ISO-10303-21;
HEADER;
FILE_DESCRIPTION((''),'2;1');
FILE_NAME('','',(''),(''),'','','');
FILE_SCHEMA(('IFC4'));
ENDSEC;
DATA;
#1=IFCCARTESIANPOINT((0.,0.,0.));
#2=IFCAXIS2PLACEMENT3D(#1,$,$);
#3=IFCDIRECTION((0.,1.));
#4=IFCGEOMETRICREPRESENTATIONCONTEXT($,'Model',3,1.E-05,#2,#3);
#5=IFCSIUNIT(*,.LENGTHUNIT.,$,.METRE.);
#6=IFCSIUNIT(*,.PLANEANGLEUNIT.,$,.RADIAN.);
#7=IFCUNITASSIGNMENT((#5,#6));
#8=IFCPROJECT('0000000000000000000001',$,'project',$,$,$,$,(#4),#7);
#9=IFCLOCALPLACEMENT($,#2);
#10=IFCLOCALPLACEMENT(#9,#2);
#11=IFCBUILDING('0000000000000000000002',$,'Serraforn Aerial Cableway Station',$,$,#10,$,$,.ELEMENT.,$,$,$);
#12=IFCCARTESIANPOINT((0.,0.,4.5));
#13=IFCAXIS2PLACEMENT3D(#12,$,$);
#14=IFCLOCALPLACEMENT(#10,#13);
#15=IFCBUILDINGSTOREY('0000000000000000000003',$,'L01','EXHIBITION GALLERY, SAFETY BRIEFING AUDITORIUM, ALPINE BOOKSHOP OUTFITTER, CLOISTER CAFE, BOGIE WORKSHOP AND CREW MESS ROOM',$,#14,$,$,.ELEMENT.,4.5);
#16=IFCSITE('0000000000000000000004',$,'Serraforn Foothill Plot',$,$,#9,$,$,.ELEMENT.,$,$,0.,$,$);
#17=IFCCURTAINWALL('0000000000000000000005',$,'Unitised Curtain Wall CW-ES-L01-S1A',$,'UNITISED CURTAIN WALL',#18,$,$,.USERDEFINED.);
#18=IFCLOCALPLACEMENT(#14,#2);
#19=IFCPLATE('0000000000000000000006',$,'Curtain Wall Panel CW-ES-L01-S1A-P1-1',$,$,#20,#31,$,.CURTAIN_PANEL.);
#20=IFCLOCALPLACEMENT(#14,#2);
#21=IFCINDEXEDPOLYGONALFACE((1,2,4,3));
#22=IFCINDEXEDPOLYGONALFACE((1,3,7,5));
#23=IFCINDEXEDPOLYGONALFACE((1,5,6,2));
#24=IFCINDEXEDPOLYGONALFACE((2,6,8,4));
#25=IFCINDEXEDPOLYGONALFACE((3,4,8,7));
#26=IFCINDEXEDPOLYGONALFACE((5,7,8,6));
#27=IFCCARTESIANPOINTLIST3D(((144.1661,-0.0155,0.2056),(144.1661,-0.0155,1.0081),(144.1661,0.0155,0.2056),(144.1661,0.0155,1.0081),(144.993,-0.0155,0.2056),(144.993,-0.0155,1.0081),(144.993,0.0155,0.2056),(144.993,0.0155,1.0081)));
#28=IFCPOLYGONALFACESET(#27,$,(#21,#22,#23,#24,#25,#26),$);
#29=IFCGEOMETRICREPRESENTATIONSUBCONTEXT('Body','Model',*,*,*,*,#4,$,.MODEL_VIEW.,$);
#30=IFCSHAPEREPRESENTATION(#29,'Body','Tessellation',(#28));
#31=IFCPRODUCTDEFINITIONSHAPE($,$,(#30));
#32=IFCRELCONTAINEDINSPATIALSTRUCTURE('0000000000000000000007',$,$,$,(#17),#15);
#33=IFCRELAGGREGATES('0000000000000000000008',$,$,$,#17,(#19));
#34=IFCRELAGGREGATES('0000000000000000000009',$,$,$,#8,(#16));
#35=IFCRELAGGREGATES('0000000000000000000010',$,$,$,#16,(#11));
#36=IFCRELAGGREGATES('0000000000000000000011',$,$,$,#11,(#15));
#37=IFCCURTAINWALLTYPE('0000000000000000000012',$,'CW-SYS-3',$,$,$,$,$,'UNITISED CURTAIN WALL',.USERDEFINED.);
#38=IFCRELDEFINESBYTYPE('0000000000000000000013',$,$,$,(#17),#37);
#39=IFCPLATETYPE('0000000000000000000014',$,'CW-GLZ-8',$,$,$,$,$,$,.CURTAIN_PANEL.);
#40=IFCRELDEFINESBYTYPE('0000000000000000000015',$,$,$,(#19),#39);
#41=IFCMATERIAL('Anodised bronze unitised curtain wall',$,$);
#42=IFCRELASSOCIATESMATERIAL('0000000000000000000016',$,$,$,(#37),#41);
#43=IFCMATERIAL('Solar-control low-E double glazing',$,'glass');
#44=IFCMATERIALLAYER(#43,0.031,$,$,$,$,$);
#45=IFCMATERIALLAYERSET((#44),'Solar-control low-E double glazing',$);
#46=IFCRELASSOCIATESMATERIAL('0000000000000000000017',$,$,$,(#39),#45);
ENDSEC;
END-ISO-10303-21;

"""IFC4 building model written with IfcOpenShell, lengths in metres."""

from ifc_helpers import new_model, si_unit, direction, frame, origin, origin_2d, place, context, subcontext, project, spatial, rectangle, extrude, material, layer, layer_set, type_object, element, aggregate, save


model = new_model("IFC4")

# Units and contexts
model_context = context("Model", 3, precision=1e-05, world=origin(), true_north=direction((0.0, 1.0)))
body_context = subcontext(model_context, "Body", "Model", "MODEL_VIEW")
ifc_project = project(units=[si_unit("LENGTHUNIT", "METRE"), si_unit("PLANEANGLEUNIT", "RADIAN")], contexts=[model_context])

# Site, building, storey
site_placement = place(None, origin())
site = spatial("IfcSite", under=ifc_project, at=site_placement, Name="Serraforn Foothill Plot", CompositionType="ELEMENT", RefElevation=0.0)
building_placement = place(site_placement, origin())
building = spatial("IfcBuilding", under=site, at=building_placement, Name="Serraforn Aerial Cableway Station", CompositionType="ELEMENT")
storey_placement = place(building_placement, frame((0.0, 0.0, 4.5)))
storey = spatial("IfcBuildingStorey", under=building, at=storey_placement, Name="L01", Description="EXHIBITION GALLERY, SAFETY BRIEFING AUDITORIUM, ALPINE BOOKSHOP OUTFITTER, CLOISTER CAFE, BOGIE WORKSHOP AND CREW MESS ROOM", CompositionType="ELEMENT", Elevation=4.5)

# Curtain wall, plate
ifc_material_1 = material(Name="Anodised bronze unitised curtain wall")
curtain_wall_type = type_object("IfcCurtainWallType", Name="CW-SYS-3", ElementType="UNITISED CURTAIN WALL", PredefinedType="USERDEFINED", material=ifc_material_1)
curtain_wall_placement = place(storey_placement, origin())
curtain_wall = element("IfcCurtainWall", 1, at=curtain_wall_placement, inside=storey, type_object=curtain_wall_type, Name="Unitised Curtain Wall CW-ES-L01-S1A", ObjectType="UNITISED CURTAIN WALL", PredefinedType="USERDEFINED")
ifc_material_2 = material(Name="Solar-control low-E double glazing", Category="glass")
ifc_layer_1 = layer(ifc_material_2, 0.031)
ifc_layer_set_1 = layer_set([ifc_layer_1], Name="Solar-control low-E double glazing")
plate_type_1 = type_object("IfcPlateType", Name="CW-GLZ-8", PredefinedType="CURTAIN_PANEL", material=ifc_layer_set_1)
plate_1_placement = place(storey_placement, frame((144.5796, 0.0, 0.2056), z_axis=(0.0, 0.0, 1.0), x_axis=(1.0, 0.0, 0.0)))
plate_1 = element("IfcPlate", 2, at=plate_1_placement, type_object=plate_type_1, Name="Curtain Wall Panel CW-ES-L01-S1A-P1-1", PredefinedType="CURTAIN_PANEL", context=body_context, shape_type="SweptSolid", body=[
    extrude(rectangle(XDim=0.8269, YDim=0.031, at=origin_2d()), origin(), (0.0, 0.0, 1.0), 0.8025),
])
aggregate(curtain_wall, [plate_1])

save(model, "model.ifc")
